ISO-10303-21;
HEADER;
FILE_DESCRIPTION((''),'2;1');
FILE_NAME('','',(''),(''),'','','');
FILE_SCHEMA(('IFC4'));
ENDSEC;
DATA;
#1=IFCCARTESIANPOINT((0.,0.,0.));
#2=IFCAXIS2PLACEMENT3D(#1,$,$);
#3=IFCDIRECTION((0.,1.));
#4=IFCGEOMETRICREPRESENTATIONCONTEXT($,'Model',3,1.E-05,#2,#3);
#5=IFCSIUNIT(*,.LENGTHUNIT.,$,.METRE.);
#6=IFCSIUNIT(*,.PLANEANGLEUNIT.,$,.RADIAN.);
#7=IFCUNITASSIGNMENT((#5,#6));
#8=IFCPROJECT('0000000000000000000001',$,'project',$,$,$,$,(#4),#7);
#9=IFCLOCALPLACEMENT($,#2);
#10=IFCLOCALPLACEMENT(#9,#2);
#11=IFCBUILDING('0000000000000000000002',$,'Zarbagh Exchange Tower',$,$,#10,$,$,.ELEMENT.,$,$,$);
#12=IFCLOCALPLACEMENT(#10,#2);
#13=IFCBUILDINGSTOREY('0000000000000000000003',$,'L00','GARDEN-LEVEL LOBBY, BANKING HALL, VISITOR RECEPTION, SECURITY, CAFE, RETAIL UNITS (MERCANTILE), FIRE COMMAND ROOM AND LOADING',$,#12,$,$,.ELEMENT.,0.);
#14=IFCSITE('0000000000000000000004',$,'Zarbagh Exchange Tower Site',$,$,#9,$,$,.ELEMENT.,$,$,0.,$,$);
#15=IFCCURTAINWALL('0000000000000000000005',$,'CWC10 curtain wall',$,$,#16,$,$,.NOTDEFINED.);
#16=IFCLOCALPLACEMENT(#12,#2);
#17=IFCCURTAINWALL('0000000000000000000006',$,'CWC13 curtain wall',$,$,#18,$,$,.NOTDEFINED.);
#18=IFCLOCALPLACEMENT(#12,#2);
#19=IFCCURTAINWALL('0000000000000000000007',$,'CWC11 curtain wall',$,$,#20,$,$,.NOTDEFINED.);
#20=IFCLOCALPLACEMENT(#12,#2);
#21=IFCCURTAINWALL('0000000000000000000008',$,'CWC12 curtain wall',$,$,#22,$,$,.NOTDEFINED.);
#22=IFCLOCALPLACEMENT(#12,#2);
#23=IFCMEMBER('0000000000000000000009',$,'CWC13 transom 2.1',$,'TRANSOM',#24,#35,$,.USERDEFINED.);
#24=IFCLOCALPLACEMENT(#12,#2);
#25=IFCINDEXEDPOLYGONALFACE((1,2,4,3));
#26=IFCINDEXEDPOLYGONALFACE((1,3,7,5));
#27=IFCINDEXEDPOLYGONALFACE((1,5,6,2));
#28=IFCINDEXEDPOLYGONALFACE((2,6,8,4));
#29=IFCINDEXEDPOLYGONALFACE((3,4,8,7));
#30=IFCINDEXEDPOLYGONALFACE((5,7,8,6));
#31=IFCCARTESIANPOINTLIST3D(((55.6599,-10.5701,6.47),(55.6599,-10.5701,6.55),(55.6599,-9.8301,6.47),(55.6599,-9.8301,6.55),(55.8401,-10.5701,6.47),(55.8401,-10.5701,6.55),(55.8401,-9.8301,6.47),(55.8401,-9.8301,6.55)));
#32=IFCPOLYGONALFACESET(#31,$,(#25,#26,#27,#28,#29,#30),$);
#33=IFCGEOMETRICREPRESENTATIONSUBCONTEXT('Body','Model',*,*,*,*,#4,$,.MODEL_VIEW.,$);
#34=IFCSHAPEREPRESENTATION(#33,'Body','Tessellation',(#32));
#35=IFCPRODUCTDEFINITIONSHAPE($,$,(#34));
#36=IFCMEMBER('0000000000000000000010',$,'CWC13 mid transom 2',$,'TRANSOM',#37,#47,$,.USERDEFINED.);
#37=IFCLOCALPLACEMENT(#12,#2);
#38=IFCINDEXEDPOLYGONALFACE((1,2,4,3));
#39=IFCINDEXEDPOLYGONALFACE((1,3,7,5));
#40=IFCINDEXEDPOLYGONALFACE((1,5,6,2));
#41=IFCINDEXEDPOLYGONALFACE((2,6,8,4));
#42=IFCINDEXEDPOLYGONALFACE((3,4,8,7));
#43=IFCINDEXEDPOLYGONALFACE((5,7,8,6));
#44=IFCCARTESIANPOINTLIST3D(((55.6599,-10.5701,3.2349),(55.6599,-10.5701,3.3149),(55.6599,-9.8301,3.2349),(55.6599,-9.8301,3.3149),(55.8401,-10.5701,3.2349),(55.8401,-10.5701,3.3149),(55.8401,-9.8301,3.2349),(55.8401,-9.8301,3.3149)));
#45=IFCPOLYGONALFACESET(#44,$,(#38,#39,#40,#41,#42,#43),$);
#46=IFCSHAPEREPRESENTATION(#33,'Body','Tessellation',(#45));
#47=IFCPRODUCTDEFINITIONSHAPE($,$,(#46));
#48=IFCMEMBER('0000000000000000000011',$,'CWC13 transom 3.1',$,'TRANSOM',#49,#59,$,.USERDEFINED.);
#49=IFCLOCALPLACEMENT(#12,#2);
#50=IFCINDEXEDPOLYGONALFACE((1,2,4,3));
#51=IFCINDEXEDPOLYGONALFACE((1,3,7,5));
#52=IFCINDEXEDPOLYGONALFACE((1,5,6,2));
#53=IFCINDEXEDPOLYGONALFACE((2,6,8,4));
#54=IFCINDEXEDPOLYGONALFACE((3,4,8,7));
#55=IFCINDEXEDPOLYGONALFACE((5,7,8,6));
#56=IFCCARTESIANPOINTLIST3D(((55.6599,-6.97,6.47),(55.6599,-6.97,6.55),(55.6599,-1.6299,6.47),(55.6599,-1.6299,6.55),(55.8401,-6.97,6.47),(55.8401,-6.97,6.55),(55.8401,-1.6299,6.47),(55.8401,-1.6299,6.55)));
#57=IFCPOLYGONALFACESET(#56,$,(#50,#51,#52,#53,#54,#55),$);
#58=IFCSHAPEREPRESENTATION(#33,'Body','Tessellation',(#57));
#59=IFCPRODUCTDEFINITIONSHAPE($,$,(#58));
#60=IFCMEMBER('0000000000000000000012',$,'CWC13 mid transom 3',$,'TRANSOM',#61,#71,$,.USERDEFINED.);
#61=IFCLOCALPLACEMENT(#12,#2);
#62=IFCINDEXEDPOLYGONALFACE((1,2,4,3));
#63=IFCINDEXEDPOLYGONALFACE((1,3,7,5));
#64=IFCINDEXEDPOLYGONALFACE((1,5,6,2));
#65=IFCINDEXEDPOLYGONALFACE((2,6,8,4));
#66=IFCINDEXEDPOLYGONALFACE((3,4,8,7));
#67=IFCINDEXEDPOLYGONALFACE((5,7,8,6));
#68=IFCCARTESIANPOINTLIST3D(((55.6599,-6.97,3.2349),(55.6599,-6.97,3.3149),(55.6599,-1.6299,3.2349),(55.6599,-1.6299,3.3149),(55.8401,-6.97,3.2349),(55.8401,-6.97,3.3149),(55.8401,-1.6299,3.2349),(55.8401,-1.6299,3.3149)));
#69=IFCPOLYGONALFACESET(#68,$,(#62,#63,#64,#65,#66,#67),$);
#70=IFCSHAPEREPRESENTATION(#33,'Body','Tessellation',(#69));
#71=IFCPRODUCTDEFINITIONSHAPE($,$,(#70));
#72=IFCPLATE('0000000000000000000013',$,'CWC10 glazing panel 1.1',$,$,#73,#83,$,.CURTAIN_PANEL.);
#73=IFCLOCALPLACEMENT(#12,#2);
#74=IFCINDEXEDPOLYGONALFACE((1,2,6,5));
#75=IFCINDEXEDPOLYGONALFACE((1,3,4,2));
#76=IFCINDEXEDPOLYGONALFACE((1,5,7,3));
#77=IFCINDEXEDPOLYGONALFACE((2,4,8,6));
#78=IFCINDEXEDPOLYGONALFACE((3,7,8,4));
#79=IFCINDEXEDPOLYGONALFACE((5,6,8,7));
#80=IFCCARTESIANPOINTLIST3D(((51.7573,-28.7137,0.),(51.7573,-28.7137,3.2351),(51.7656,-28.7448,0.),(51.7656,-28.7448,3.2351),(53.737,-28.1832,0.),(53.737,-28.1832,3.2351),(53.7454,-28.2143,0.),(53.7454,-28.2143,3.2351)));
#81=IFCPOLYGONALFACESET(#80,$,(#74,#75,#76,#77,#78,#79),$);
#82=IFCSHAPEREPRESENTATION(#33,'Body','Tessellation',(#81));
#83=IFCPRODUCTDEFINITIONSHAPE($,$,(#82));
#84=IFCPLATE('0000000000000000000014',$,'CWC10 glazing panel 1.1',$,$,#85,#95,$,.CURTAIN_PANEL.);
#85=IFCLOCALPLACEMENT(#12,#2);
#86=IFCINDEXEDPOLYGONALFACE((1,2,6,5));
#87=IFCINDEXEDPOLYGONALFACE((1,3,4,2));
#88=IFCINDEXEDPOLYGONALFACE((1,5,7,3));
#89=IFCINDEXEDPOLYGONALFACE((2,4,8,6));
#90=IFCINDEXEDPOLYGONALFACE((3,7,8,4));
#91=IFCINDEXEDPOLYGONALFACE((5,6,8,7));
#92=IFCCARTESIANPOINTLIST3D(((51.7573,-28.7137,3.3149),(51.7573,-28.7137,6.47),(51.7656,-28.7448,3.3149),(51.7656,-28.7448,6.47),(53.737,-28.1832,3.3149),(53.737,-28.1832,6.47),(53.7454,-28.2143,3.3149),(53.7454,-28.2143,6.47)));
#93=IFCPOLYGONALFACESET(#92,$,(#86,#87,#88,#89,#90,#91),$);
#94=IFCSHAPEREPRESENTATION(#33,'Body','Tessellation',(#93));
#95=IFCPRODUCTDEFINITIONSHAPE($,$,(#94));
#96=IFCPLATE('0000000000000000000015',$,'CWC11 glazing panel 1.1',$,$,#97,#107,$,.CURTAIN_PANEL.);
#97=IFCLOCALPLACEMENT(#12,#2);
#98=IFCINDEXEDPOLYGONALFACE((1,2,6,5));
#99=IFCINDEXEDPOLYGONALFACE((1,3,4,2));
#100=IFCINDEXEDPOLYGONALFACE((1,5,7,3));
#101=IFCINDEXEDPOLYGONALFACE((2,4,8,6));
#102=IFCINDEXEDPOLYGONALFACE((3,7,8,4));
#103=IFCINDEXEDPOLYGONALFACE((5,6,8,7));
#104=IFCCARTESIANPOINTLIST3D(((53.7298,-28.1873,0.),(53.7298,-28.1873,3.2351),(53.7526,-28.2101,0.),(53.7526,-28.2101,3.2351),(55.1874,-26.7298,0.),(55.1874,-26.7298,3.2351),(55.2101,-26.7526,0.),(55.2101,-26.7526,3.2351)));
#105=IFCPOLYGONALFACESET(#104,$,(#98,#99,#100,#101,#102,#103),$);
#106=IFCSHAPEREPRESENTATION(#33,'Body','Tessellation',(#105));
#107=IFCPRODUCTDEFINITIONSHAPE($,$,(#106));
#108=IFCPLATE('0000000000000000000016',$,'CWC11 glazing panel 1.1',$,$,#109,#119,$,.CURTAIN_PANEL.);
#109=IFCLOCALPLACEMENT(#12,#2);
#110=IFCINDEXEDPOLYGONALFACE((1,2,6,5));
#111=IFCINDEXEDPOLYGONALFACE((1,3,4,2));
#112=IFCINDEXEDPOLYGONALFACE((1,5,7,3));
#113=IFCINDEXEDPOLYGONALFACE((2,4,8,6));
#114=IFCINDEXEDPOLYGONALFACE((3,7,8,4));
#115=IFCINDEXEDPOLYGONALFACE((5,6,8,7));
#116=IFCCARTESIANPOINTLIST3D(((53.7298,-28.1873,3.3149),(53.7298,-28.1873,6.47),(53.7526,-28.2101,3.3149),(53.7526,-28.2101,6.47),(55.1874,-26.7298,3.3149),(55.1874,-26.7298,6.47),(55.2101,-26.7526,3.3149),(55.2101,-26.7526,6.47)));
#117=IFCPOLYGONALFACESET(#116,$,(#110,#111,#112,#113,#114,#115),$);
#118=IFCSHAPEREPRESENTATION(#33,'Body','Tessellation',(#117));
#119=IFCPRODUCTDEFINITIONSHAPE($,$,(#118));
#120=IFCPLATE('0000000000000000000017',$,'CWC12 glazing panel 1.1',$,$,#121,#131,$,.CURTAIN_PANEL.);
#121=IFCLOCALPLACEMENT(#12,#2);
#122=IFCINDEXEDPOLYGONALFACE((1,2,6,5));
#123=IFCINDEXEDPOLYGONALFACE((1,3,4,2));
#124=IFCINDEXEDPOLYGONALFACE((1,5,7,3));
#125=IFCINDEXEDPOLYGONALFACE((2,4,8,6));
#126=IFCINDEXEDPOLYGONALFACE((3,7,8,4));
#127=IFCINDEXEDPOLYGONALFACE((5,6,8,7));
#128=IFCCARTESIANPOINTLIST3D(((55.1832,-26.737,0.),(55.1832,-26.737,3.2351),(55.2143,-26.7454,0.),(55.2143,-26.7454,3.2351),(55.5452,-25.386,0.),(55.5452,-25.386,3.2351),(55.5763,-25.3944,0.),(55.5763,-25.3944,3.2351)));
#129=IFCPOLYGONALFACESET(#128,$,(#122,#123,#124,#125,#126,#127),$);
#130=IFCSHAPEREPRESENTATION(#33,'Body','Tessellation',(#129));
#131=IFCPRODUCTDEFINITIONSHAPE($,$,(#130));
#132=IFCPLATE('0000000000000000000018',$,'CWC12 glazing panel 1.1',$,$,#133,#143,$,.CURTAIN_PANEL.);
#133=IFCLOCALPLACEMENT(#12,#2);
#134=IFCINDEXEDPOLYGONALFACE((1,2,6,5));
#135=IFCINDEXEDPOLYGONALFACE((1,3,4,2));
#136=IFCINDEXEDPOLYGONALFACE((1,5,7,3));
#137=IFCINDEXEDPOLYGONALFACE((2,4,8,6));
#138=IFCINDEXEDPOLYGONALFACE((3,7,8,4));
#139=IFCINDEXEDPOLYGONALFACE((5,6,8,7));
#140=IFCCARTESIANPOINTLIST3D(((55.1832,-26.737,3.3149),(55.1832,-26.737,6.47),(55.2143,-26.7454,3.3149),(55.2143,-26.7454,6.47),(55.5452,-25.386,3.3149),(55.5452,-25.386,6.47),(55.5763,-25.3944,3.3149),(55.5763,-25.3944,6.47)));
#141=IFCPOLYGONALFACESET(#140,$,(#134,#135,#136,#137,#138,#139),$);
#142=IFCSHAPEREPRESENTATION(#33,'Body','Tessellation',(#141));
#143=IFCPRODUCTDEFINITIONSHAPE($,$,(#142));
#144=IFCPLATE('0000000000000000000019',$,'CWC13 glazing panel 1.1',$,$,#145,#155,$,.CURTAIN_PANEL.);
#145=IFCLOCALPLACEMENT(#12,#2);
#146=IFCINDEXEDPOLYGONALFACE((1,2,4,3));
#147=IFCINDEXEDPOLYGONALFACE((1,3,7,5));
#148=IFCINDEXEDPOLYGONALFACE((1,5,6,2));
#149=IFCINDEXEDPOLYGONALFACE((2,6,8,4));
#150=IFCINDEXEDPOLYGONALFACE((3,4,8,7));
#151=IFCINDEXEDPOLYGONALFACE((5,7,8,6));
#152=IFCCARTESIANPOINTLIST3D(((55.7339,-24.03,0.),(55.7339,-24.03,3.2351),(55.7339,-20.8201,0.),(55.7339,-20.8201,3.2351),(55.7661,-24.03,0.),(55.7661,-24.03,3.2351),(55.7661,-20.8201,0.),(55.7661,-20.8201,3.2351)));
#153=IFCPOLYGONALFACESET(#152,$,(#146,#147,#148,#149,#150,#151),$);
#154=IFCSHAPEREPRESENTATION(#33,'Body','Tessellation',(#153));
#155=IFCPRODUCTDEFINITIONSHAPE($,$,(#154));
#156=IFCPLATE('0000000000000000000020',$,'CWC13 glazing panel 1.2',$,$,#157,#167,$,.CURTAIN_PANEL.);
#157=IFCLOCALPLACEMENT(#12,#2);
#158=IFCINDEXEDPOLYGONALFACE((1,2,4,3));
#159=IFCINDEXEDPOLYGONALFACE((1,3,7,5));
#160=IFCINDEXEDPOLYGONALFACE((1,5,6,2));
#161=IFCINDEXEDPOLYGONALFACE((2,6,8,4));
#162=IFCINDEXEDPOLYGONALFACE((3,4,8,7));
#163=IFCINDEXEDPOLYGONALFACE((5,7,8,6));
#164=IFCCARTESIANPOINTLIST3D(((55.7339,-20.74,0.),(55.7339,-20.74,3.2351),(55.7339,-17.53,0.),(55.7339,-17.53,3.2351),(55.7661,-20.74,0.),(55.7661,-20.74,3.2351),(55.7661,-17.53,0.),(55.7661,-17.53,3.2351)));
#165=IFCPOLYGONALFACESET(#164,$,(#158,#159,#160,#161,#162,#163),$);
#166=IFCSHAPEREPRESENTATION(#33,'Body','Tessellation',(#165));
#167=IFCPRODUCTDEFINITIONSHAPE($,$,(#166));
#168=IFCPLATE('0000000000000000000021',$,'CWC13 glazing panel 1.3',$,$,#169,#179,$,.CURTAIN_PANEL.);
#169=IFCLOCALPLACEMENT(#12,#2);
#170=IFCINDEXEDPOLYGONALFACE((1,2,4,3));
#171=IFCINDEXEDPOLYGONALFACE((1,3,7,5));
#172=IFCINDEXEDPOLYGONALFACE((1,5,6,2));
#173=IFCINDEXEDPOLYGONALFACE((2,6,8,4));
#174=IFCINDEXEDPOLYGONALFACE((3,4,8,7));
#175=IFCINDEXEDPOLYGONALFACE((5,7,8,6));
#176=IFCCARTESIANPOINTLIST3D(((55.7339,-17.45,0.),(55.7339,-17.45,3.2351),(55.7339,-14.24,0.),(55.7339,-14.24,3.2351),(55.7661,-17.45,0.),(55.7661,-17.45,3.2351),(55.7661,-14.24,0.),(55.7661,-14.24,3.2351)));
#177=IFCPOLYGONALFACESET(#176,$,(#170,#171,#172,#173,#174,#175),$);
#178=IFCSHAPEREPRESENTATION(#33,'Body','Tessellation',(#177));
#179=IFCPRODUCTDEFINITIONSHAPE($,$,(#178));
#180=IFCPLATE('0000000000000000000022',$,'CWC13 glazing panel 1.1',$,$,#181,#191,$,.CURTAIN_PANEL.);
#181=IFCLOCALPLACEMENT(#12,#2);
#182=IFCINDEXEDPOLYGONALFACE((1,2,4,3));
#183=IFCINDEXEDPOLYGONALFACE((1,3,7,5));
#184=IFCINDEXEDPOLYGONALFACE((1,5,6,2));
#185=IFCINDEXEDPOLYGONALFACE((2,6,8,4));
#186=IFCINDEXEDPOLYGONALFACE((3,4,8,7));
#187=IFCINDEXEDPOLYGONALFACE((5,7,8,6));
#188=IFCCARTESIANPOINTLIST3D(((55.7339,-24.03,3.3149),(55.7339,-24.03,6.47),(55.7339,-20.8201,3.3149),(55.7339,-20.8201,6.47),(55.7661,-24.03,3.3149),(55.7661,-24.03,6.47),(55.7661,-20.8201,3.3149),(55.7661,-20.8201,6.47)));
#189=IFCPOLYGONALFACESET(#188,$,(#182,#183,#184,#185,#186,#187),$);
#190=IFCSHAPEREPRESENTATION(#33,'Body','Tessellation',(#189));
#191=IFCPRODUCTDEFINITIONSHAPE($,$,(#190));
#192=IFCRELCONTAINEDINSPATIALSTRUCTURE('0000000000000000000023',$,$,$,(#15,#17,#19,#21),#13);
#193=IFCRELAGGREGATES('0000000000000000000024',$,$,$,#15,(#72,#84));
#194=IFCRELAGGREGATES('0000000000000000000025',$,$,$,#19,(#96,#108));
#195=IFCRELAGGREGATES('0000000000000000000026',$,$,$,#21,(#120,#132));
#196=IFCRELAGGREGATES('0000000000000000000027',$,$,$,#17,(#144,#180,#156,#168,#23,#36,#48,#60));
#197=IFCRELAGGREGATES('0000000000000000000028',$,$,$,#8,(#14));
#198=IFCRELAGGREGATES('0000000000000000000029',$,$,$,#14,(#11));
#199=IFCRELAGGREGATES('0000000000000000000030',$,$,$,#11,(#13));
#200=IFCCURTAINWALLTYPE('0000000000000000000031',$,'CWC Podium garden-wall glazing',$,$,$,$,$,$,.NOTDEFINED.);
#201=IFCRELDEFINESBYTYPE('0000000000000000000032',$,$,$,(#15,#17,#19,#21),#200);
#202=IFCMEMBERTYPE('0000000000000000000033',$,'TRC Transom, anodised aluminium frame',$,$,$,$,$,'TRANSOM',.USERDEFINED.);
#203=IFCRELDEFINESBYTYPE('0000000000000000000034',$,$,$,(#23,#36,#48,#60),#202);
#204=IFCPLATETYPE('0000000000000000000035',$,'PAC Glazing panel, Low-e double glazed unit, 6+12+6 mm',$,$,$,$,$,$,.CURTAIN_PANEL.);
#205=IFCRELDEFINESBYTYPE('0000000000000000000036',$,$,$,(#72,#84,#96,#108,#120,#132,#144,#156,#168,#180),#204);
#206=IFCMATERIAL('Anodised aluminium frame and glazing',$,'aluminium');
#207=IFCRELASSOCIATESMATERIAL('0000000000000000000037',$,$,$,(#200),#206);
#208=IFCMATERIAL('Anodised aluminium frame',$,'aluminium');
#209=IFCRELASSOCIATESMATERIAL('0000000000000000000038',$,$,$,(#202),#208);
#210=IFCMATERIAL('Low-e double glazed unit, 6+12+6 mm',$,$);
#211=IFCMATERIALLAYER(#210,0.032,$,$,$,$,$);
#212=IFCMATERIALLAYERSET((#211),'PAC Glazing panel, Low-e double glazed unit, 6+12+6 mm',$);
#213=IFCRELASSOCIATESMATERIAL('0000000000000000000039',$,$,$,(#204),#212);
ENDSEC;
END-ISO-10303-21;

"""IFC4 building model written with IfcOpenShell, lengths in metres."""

from ifc_helpers import new_model, si_unit, direction, origin, place, context, subcontext, project, spatial, polyline, outline, extrude, source, transform, mapped, material, layer, layer_set, type_object, element, aggregate, save


model = new_model("IFC4")

# Units and contexts
model_context = context("Model", 3, precision=1e-05, world=origin(), true_north=direction((0.0, 1.0)))
body_context = subcontext(model_context, "Body", "Model", "MODEL_VIEW")
ifc_project = project(units=[si_unit("LENGTHUNIT", "METRE"), si_unit("PLANEANGLEUNIT", "RADIAN")], contexts=[model_context])

# Site, building, storey
site_placement = place(None, origin())
site = spatial("IfcSite", under=ifc_project, at=site_placement, Name="Zarbagh Exchange Tower Site", CompositionType="ELEMENT", RefElevation=0.0)
building_placement = place(site_placement, origin())
building = spatial("IfcBuilding", under=site, at=building_placement, Name="Zarbagh Exchange Tower", CompositionType="ELEMENT")
storey_placement = place(building_placement, origin())
storey = spatial("IfcBuildingStorey", under=building, at=storey_placement, Name="L00", Description="GARDEN-LEVEL LOBBY, BANKING HALL, VISITOR RECEPTION, SECURITY, CAFE, RETAIL UNITS (MERCANTILE), FIRE COMMAND ROOM AND LOADING", CompositionType="ELEMENT", Elevation=0.0)

# Curtain wall
ifc_material_1 = material(Name="Anodised aluminium frame and glazing", Category="aluminium")
curtain_wall_type = type_object("IfcCurtainWallType", Name="CWC Podium garden-wall glazing", PredefinedType="NOTDEFINED", material=ifc_material_1)
curtain_wall_1_placement = place(storey_placement, origin())
curtain_wall_1 = element("IfcCurtainWall", 1, at=curtain_wall_1_placement, inside=storey, type_object=curtain_wall_type, Name="CWC10 curtain wall", PredefinedType="NOTDEFINED")
ifc_material_2 = material(Name="Anodised aluminium frame", Category="aluminium")
placement = place(storey_placement, origin())

# Curtain wall
curtain_wall_2_placement = place(storey_placement, origin())
curtain_wall_2 = element("IfcCurtainWall", 2, at=curtain_wall_2_placement, inside=storey, type_object=curtain_wall_type, Name="CWC13 curtain wall", PredefinedType="NOTDEFINED")

# Shared definitions
member_type_1 = type_object("IfcMemberType", Name="TRC Transom, anodised aluminium frame", ElementType="TRANSOM", PredefinedType="USERDEFINED", material=ifc_material_2)

# Curtain walls
curtain_wall_3_placement = place(storey_placement, origin())
curtain_wall_3 = element("IfcCurtainWall", 3, at=curtain_wall_3_placement, inside=storey, type_object=curtain_wall_type, Name="CWC11 curtain wall", PredefinedType="NOTDEFINED")
curtain_wall_4_placement = place(storey_placement, origin())
curtain_wall_4 = element("IfcCurtainWall", 4, at=curtain_wall_4_placement, inside=storey, type_object=curtain_wall_type, Name="CWC12 curtain wall", PredefinedType="NOTDEFINED")

# Members
shared_shape_1 = source(origin(), body_context, "Body", "SweptSolid", [
    extrude(outline(polyline([(-0.0801, -0.0901), (0.0, -0.0901), (0.0, 0.0901), (-0.0801, 0.0901), (-0.0801, -0.0901)])), origin(), (0.0, 0.0, 1.0), 0.74),
])
member_1 = element("IfcMember", 5, at=placement, type_object=member_type_1, Name="CWC13 transom 2.1", ObjectType="TRANSOM", PredefinedType="USERDEFINED", context=body_context, shape_type="MappedRepresentation", body=[
    mapped(shared_shape_1, transform((55.75, -10.5701, 6.55), x_axis=(0.0, 0.0, 1.0), y_axis=(1.0, 0.0, 0.0), z_axis=(0.0, 1.0, 0.0))),
])
shared_shape_2 = source(origin(), body_context, "Body", "SweptSolid", [
    extrude(outline(polyline([(-0.04, -0.0901), (0.04, -0.0901), (0.04, 0.0901), (-0.04, 0.0901), (-0.04, -0.0901)])), origin(), (0.0, 0.0, 1.0), 0.74),
])
member_2 = element("IfcMember", 6, at=placement, type_object=member_type_1, Name="CWC13 mid transom 2", ObjectType="TRANSOM", PredefinedType="USERDEFINED", context=body_context, shape_type="MappedRepresentation", body=[
    mapped(shared_shape_2, transform((55.75, -10.5701, 3.2749), x_axis=(0.0, 0.0, 1.0), y_axis=(1.0, 0.0, 0.0), z_axis=(0.0, 1.0, 0.0))),
])
shared_shape_3 = source(origin(), body_context, "Body", "SweptSolid", [
    extrude(outline(polyline([(-0.0801, -0.0901), (0.0, -0.0901), (0.0, 0.0901), (-0.0801, 0.0901), (-0.0801, -0.0901)])), origin(), (0.0, 0.0, 1.0), 5.3401),
])
member_3 = element("IfcMember", 7, at=placement, type_object=member_type_1, Name="CWC13 transom 3.1", ObjectType="TRANSOM", PredefinedType="USERDEFINED", context=body_context, shape_type="MappedRepresentation", body=[
    mapped(shared_shape_3, transform((55.75, -6.97, 6.55), x_axis=(0.0, 0.0, 1.0), y_axis=(1.0, 0.0, 0.0), z_axis=(0.0, 1.0, 0.0))),
])
shared_shape_4 = source(origin(), body_context, "Body", "SweptSolid", [
    extrude(outline(polyline([(-0.04, -0.0901), (0.04, -0.0901), (0.04, 0.0901), (-0.04, 0.0901), (-0.04, -0.0901)])), origin(), (0.0, 0.0, 1.0), 5.3401),
])
member_4 = element("IfcMember", 8, at=placement, type_object=member_type_1, Name="CWC13 mid transom 3", ObjectType="TRANSOM", PredefinedType="USERDEFINED", context=body_context, shape_type="MappedRepresentation", body=[
    mapped(shared_shape_4, transform((55.75, -6.97, 3.2749), x_axis=(0.0, 0.0, 1.0), y_axis=(1.0, 0.0, 0.0), z_axis=(0.0, 1.0, 0.0))),
])

# Plates
ifc_material_3 = material(Name="Low-e double glazed unit, 6+12+6 mm")
ifc_layer = layer(ifc_material_3, 0.032)
ifc_layer_set = layer_set([ifc_layer], Name="PAC Glazing panel, Low-e double glazed unit, 6+12+6 mm")
plate_type = type_object("IfcPlateType", Name="PAC Glazing panel, Low-e double glazed unit, 6+12+6 mm", PredefinedType="CURTAIN_PANEL", material=ifc_layer_set)
shared_shape_5 = source(origin(), body_context, "Body", "SweptSolid", [
    extrude(outline(polyline([(0.0, -0.0161), (2.0496, -0.0161), (2.0496, 0.0161), (0.0, 0.0161), (0.0, -0.0161)])), origin(), (0.0, 0.0, 1.0), 3.2351),
])
plate_1 = element("IfcPlate", 9, at=placement, type_object=plate_type, Name="CWC10 glazing panel 1.1", PredefinedType="CURTAIN_PANEL", context=body_context, shape_type="MappedRepresentation", body=[
    mapped(shared_shape_5, transform((51.7615, -28.7292, 0.0), x_axis=(0.965924, 0.258825, 0.0), y_axis=(-0.258825, 0.965924, 0.0), z_axis=(0.0, 0.0, 1.0))),
])
shared_shape_6 = source(origin(), body_context, "Body", "SweptSolid", [
    extrude(outline(polyline([(0.0, -0.0161), (2.0496, -0.0161), (2.0496, 0.0161), (0.0, 0.0161), (0.0, -0.0161)])), origin(), (0.0, 0.0, 1.0), 3.155),
])
plate_2 = element("IfcPlate", 10, at=placement, type_object=plate_type, Name="CWC10 glazing panel 1.1", PredefinedType="CURTAIN_PANEL", context=body_context, shape_type="MappedRepresentation", body=[
    mapped(shared_shape_6, transform((51.7615, -28.7292, 3.3149), x_axis=(0.965924, 0.258825, 0.0), y_axis=(-0.258825, 0.965924, 0.0), z_axis=(0.0, 0.0, 1.0))),
])
aggregate(curtain_wall_1, [plate_1, plate_2])
shared_shape_7 = source(origin(), body_context, "Body", "SweptSolid", [
    extrude(outline(polyline([(0.0, -0.0161), (2.0613, -0.0161), (2.0613, 0.0161), (0.0, 0.0161), (0.0, -0.0161)])), origin(), (0.0, 0.0, 1.0), 3.2351),
])
plate_3 = element("IfcPlate", 11, at=placement, type_object=plate_type, Name="CWC11 glazing panel 1.1", PredefinedType="CURTAIN_PANEL", context=body_context, shape_type="MappedRepresentation", body=[
    mapped(shared_shape_7, transform((53.7412, -28.1987, 0.0), x_axis=(0.707107, 0.707107, 0.0), y_axis=(-0.707107, 0.707107, 0.0), z_axis=(0.0, 0.0, 1.0))),
])
shared_shape_8 = source(origin(), body_context, "Body", "SweptSolid", [
    extrude(outline(polyline([(0.0, -0.0161), (2.0613, -0.0161), (2.0613, 0.0161), (0.0, 0.0161), (0.0, -0.0161)])), origin(), (0.0, 0.0, 1.0), 3.155),
])
plate_4 = element("IfcPlate", 12, at=placement, type_object=plate_type, Name="CWC11 glazing panel 1.1", PredefinedType="CURTAIN_PANEL", context=body_context, shape_type="MappedRepresentation", body=[
    mapped(shared_shape_8, transform((53.7412, -28.1987, 3.3149), x_axis=(0.707107, 0.707107, 0.0), y_axis=(-0.707107, 0.707107, 0.0), z_axis=(0.0, 0.0, 1.0))),
])
aggregate(curtain_wall_3, [plate_3, plate_4])
shared_shape_9 = source(origin(), body_context, "Body", "SweptSolid", [
    extrude(outline(polyline([(0.0, -0.0161), (1.3987, -0.0161), (1.3987, 0.0161), (0.0, 0.0161), (0.0, -0.0161)])), origin(), (0.0, 0.0, 1.0), 3.2351),
])
plate_5 = element("IfcPlate", 13, at=placement, type_object=plate_type, Name="CWC12 glazing panel 1.1", PredefinedType="CURTAIN_PANEL", context=body_context, shape_type="MappedRepresentation", body=[
    mapped(shared_shape_9, transform((55.1987, -26.7412, 0.0), x_axis=(0.258825, 0.965924, 0.0), y_axis=(-0.965924, 0.258825, 0.0), z_axis=(0.0, 0.0, 1.0))),
])
shared_shape_10 = source(origin(), body_context, "Body", "SweptSolid", [
    extrude(outline(polyline([(0.0, -0.0161), (1.3987, -0.0161), (1.3987, 0.0161), (0.0, 0.0161), (0.0, -0.0161)])), origin(), (0.0, 0.0, 1.0), 3.155),
])
plate_6 = element("IfcPlate", 14, at=placement, type_object=plate_type, Name="CWC12 glazing panel 1.1", PredefinedType="CURTAIN_PANEL", context=body_context, shape_type="MappedRepresentation", body=[
    mapped(shared_shape_10, transform((55.1987, -26.7412, 3.3149), x_axis=(0.258825, 0.965924, 0.0), y_axis=(-0.965924, 0.258825, 0.0), z_axis=(0.0, 0.0, 1.0))),
])
aggregate(curtain_wall_4, [plate_5, plate_6])
shared_shape_11 = source(origin(), body_context, "Body", "SweptSolid", [
    extrude(outline(polyline([(0.0, -0.0161), (3.21, -0.0161), (3.21, 0.0161), (0.0, 0.0161), (0.0, -0.0161)])), origin(), (0.0, 0.0, 1.0), 3.2351),
])
plate_7 = element("IfcPlate", 15, at=placement, type_object=plate_type, Name="CWC13 glazing panel 1.1", PredefinedType="CURTAIN_PANEL", context=body_context, shape_type="MappedRepresentation", body=[
    mapped(shared_shape_11, transform((55.75, -24.03, 0.0), x_axis=(0.0, 1.0, 0.0), y_axis=(-1.0, 0.0, 0.0), z_axis=(0.0, 0.0, 1.0))),
])
plate_8 = element("IfcPlate", 16, at=placement, type_object=plate_type, Name="CWC13 glazing panel 1.2", PredefinedType="CURTAIN_PANEL", context=body_context, shape_type="MappedRepresentation", body=[
    mapped(shared_shape_11, transform((55.75, -20.74, 0.0), x_axis=(0.0, 1.0, 0.0), y_axis=(-1.0, 0.0, 0.0), z_axis=(0.0, 0.0, 1.0))),
])
plate_9 = element("IfcPlate", 17, at=placement, type_object=plate_type, Name="CWC13 glazing panel 1.3", PredefinedType="CURTAIN_PANEL", context=body_context, shape_type="MappedRepresentation", body=[
    mapped(shared_shape_11, transform((55.75, -17.45, 0.0), x_axis=(0.0, 1.0, 0.0), y_axis=(-1.0, 0.0, 0.0), z_axis=(0.0, 0.0, 1.0))),
])
shared_shape_12 = source(origin(), body_context, "Body", "SweptSolid", [
    extrude(outline(polyline([(0.0, -0.0161), (3.21, -0.0161), (3.21, 0.0161), (0.0, 0.0161), (0.0, -0.0161)])), origin(), (0.0, 0.0, 1.0), 3.155),
])
plate_10 = element("IfcPlate", 18, at=placement, type_object=plate_type, Name="CWC13 glazing panel 1.1", PredefinedType="CURTAIN_PANEL", context=body_context, shape_type="MappedRepresentation", body=[
    mapped(shared_shape_12, transform((55.75, -24.03, 3.3149), x_axis=(0.0, 1.0, 0.0), y_axis=(-1.0, 0.0, 0.0), z_axis=(0.0, 0.0, 1.0))),
])
aggregate(curtain_wall_2, [plate_7, plate_10, plate_8, plate_9, member_1, member_2, member_3, member_4])

save(model, "model.ifc")
